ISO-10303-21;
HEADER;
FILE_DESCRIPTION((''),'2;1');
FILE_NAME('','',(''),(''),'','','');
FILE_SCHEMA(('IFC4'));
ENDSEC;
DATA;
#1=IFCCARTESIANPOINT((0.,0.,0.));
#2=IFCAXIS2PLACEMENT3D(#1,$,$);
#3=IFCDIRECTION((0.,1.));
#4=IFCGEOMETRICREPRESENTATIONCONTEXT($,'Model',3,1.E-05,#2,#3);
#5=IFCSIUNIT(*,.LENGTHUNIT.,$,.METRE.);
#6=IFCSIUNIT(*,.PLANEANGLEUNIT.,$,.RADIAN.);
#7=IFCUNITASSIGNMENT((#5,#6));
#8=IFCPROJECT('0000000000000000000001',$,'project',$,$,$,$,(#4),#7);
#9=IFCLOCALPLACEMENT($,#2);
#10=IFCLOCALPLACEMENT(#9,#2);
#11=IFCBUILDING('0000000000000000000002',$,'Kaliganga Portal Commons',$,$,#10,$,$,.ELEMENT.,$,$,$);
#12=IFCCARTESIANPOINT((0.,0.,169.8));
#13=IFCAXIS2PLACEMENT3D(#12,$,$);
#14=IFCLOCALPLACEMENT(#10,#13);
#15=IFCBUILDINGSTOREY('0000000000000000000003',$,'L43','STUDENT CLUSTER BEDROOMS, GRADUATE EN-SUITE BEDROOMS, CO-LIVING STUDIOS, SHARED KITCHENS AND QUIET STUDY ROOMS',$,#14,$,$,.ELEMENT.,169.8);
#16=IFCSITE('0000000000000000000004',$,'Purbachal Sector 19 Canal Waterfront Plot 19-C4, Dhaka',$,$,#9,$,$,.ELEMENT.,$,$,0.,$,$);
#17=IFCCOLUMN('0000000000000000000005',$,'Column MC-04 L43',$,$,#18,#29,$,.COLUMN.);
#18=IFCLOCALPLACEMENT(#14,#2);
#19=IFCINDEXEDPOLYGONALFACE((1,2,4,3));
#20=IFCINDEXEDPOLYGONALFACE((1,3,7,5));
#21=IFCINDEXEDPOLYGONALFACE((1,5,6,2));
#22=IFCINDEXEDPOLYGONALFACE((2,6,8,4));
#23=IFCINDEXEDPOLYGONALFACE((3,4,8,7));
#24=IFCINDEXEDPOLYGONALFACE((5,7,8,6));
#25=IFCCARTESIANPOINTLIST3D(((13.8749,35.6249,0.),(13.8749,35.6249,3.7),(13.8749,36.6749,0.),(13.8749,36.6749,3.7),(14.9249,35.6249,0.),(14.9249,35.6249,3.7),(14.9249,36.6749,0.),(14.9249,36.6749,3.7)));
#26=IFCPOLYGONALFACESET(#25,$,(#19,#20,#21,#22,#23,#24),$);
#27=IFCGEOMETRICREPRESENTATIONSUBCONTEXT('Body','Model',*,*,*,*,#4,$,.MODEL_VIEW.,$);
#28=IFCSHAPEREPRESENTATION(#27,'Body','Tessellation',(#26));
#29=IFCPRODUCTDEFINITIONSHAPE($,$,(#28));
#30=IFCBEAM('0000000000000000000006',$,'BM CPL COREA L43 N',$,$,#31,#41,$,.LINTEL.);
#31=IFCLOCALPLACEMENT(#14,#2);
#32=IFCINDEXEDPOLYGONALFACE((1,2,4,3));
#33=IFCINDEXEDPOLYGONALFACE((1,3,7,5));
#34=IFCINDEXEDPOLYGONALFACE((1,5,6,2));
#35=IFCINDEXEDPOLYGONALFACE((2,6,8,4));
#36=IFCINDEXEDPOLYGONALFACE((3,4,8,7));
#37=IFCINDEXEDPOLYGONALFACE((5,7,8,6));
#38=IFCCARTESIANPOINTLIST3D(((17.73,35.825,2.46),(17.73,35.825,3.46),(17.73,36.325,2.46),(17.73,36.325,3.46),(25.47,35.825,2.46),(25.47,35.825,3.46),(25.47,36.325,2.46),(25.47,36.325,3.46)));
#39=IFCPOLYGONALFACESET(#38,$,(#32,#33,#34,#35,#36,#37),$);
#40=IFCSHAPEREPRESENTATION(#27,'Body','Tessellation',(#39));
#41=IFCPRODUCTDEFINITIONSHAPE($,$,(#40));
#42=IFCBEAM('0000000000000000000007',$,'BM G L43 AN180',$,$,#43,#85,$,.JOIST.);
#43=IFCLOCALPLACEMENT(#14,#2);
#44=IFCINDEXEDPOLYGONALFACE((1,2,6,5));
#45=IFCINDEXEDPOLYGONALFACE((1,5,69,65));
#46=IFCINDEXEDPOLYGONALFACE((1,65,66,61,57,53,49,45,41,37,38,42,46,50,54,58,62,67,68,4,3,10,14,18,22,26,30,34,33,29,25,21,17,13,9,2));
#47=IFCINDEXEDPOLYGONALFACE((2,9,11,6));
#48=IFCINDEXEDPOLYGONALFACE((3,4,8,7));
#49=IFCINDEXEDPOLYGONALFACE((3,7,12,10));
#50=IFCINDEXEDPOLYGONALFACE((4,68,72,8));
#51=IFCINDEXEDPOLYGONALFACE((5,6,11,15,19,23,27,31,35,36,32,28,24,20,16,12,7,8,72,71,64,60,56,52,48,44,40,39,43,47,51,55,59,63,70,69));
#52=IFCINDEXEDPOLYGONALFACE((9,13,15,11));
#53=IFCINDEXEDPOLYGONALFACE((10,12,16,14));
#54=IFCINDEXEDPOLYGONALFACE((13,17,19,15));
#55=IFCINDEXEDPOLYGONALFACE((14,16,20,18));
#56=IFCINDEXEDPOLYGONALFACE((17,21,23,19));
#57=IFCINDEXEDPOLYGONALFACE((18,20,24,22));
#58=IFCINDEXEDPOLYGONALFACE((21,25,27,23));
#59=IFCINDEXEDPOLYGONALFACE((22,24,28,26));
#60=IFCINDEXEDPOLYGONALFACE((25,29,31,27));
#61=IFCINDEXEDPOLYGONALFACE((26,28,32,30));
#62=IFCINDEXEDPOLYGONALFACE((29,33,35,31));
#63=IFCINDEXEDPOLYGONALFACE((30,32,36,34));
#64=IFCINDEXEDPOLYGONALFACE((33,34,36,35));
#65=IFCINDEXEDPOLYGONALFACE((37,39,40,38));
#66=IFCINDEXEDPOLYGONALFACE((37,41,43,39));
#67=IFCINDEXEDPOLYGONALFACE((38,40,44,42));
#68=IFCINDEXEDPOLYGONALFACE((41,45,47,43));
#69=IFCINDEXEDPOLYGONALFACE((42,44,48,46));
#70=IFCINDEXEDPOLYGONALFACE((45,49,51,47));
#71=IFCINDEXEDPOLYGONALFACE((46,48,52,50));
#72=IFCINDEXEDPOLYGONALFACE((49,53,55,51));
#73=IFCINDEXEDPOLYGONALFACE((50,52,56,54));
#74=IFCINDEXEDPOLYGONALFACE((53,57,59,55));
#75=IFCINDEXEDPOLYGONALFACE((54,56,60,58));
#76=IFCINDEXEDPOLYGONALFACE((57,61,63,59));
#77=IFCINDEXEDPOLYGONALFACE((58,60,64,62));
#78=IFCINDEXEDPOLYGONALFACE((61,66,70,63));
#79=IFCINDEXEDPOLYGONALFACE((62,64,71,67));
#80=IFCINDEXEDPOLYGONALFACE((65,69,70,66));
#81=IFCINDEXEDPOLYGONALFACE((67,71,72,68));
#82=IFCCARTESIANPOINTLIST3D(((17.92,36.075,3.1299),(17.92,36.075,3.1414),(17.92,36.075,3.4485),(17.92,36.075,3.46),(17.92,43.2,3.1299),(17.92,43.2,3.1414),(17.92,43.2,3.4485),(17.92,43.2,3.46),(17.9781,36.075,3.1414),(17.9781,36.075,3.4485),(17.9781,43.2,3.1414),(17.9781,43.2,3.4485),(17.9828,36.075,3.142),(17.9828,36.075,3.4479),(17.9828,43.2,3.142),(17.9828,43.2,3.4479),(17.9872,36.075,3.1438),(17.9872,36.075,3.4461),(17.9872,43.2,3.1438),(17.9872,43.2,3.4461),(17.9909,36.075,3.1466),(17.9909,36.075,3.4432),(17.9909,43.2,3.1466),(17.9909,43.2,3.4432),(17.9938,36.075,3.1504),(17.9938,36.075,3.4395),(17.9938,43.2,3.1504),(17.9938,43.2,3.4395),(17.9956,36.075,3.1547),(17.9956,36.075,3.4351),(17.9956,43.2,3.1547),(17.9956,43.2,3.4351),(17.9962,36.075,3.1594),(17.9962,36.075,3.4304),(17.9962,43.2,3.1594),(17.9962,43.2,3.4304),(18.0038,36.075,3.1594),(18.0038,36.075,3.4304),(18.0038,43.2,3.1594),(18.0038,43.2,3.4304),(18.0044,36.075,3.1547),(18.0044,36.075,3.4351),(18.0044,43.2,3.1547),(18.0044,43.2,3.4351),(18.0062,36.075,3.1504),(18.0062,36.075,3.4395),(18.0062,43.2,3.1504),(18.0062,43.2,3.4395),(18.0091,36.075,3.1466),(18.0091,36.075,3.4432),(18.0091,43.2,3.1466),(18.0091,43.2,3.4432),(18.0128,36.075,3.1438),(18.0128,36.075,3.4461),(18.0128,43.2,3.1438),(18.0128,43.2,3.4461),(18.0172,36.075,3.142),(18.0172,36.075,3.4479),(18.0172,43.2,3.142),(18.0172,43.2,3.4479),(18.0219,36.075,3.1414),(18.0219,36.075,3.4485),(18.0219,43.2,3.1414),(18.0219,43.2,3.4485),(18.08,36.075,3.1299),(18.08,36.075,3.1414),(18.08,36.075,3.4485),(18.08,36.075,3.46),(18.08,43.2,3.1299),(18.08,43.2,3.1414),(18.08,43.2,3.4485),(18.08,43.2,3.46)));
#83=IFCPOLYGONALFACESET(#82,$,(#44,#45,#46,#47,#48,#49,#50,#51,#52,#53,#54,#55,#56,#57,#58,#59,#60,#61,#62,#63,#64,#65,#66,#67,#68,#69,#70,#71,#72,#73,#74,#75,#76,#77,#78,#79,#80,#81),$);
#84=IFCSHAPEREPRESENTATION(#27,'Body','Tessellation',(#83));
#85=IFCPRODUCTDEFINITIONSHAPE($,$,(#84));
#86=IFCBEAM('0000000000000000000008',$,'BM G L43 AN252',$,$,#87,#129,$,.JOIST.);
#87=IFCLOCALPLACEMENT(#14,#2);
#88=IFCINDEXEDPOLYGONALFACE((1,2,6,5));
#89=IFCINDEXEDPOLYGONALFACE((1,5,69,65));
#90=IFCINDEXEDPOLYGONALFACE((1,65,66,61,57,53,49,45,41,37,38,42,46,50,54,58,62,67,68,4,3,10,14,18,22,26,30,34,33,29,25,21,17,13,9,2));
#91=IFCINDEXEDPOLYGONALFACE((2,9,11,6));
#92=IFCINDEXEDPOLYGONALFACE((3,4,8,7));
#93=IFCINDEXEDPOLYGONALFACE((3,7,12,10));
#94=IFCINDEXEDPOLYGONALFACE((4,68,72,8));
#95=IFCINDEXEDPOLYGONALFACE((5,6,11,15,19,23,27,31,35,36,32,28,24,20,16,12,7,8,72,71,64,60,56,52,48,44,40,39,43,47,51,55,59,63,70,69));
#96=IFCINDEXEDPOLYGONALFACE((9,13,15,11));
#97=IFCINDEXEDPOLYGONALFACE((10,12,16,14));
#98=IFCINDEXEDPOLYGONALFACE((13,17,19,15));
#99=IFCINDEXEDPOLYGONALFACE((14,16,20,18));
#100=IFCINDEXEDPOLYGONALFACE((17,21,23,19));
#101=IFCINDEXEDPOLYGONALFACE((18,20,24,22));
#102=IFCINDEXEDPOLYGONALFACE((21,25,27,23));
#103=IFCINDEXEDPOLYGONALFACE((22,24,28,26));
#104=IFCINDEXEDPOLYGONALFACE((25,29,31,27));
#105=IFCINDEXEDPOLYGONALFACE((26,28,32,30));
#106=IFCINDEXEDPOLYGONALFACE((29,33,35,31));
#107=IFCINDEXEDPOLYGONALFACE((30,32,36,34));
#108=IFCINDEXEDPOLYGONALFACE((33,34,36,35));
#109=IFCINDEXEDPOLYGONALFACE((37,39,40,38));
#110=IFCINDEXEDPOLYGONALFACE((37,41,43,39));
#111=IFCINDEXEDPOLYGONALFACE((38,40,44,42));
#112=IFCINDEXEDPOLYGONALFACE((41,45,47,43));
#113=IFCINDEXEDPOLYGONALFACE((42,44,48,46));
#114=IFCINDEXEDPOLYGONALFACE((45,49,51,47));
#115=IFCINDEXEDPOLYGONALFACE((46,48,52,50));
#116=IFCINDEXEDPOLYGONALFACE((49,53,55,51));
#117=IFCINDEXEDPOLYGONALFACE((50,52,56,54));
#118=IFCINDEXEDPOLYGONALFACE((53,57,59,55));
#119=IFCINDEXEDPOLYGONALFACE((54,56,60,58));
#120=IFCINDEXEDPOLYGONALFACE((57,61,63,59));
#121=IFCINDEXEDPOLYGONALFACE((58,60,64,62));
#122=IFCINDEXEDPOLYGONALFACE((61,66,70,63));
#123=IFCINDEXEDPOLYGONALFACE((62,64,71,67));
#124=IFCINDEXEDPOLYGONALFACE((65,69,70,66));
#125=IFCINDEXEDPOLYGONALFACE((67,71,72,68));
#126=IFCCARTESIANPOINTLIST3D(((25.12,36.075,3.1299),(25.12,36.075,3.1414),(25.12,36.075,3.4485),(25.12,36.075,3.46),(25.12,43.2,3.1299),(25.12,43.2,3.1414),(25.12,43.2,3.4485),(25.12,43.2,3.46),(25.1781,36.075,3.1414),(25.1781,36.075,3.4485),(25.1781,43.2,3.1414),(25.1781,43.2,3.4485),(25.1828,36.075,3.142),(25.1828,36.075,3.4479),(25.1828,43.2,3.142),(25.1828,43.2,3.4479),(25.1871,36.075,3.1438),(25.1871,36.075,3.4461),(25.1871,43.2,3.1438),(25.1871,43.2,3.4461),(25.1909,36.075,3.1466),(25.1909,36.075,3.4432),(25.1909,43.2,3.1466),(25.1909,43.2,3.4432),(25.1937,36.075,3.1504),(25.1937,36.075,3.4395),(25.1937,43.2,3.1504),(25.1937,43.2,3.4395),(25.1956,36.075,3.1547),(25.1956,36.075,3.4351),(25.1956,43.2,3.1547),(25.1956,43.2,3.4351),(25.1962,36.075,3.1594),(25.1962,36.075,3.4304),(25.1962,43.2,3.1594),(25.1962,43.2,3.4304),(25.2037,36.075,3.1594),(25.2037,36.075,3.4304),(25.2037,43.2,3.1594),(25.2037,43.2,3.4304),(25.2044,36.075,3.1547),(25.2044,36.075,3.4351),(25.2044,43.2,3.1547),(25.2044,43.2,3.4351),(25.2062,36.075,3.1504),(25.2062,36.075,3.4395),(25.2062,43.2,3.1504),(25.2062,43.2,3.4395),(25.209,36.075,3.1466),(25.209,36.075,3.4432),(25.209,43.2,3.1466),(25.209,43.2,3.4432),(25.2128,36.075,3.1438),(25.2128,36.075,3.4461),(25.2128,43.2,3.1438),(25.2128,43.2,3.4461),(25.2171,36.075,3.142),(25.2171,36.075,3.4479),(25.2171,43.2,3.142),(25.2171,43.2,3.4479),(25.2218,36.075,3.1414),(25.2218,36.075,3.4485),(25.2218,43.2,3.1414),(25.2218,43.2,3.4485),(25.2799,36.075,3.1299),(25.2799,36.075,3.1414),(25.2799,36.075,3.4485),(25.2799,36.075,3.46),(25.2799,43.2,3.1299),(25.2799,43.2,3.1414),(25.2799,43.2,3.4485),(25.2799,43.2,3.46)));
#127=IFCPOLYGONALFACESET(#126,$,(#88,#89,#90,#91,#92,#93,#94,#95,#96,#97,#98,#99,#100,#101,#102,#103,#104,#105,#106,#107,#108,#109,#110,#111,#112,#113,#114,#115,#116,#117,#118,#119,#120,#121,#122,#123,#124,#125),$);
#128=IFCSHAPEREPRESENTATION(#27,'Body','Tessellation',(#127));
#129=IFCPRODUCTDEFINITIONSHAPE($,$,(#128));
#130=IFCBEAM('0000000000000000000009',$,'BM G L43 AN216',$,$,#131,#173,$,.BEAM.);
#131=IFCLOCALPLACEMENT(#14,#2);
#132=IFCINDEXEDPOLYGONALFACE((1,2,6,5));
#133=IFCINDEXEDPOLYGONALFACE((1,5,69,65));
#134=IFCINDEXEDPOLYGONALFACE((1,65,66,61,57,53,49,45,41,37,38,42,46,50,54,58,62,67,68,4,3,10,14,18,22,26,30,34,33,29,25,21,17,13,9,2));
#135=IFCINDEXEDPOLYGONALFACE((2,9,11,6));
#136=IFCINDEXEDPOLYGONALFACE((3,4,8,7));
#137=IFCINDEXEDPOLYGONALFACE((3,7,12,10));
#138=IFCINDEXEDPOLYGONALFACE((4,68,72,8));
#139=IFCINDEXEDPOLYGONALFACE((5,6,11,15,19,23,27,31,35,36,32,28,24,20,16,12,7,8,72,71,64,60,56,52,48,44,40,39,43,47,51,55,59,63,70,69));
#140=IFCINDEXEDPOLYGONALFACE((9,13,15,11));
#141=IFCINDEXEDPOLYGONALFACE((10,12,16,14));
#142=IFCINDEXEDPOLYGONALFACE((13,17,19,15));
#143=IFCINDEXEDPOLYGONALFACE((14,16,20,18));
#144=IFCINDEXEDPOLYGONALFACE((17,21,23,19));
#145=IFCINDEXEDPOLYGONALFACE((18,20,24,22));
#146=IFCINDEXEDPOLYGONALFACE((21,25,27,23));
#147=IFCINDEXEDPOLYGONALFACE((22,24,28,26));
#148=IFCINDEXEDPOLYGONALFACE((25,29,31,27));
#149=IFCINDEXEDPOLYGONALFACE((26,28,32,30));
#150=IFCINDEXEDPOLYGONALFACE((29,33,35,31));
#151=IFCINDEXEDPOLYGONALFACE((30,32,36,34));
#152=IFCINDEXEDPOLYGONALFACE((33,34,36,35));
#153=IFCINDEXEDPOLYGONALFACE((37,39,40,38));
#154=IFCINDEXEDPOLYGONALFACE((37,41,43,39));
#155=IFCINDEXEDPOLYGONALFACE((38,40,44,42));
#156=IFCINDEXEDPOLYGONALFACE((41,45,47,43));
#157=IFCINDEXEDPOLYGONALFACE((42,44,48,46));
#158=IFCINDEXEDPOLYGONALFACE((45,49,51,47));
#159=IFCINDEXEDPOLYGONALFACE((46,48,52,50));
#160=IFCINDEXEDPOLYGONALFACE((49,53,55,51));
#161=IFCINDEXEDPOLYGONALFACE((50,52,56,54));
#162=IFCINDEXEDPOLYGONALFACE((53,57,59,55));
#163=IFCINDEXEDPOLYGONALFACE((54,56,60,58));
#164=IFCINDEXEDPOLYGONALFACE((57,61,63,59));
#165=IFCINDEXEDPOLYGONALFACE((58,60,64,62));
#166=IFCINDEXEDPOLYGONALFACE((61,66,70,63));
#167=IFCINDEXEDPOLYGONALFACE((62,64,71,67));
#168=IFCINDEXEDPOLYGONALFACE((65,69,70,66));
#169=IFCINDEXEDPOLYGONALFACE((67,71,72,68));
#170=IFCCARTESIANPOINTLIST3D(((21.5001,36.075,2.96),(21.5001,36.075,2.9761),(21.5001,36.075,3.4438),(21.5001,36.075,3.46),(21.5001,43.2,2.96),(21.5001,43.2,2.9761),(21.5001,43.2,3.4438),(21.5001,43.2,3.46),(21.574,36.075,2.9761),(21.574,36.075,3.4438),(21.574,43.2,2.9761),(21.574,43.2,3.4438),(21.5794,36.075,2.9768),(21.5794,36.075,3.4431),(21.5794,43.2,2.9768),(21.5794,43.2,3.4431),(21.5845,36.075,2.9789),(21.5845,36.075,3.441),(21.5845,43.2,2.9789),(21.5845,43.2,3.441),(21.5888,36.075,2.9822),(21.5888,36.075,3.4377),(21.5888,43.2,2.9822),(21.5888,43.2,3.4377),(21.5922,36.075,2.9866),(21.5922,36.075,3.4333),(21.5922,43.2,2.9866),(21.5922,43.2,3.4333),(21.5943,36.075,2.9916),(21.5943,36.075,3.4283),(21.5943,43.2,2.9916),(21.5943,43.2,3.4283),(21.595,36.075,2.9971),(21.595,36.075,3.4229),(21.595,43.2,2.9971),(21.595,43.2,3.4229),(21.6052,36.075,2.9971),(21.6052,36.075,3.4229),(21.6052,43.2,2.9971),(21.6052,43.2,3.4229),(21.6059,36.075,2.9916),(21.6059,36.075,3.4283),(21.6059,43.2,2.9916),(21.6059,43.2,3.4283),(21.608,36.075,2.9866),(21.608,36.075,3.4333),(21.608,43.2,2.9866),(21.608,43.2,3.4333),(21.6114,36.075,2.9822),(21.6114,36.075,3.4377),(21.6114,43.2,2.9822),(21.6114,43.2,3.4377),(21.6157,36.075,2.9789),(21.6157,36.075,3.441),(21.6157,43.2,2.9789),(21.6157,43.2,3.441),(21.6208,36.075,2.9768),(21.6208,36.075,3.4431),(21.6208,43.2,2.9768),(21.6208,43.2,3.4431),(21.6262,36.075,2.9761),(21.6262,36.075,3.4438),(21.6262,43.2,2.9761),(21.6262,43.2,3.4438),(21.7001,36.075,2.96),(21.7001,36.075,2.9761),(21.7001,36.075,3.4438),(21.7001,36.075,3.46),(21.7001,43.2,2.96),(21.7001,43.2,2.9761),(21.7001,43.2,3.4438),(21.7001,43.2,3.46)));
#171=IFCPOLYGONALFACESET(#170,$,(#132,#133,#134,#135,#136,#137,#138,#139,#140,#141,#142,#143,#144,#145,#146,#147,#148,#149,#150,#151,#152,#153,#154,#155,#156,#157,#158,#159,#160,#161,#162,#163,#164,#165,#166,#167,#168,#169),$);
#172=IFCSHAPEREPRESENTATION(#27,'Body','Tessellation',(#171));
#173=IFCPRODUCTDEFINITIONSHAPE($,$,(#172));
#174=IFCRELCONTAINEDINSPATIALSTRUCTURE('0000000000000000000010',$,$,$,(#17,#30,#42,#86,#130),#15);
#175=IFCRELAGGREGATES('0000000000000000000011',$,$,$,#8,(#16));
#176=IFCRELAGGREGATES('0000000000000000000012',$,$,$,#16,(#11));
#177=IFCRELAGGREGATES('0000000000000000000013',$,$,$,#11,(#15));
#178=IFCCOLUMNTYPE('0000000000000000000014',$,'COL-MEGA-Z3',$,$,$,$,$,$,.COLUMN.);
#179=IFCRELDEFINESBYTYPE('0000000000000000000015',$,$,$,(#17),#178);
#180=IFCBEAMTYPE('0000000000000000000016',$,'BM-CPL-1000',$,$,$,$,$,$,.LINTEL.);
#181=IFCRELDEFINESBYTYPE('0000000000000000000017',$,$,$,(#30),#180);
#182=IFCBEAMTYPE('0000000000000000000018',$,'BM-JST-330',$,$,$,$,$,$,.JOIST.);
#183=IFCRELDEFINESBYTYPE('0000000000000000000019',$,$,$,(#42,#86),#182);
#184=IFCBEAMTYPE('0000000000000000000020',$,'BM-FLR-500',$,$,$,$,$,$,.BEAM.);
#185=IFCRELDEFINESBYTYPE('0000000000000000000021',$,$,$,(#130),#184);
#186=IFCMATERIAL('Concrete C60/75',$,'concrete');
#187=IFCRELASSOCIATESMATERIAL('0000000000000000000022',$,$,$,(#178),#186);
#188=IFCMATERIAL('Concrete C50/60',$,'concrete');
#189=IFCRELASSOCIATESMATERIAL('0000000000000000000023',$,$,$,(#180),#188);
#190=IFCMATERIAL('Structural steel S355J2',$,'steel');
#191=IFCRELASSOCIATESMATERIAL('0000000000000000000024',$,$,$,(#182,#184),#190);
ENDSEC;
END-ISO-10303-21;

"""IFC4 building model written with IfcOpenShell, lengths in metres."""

from ifc_helpers import new_model, si_unit, direction, frame, origin, origin_2d, place, context, subcontext, project, spatial, rectangle, i_section, extrude, source, transform, mapped, material, material_profile, profile_set, type_object, element, save


model = new_model("IFC4")

# Units and contexts
model_context = context("Model", 3, precision=1e-05, world=origin(), true_north=direction((0.0, 1.0)))
body_context = subcontext(model_context, "Body", "Model", "MODEL_VIEW")
ifc_project = project(units=[si_unit("LENGTHUNIT", "METRE"), si_unit("PLANEANGLEUNIT", "RADIAN")], contexts=[model_context])

# Site, building, storey
site_placement = place(None, origin())
site = spatial("IfcSite", under=ifc_project, at=site_placement, Name="Purbachal Sector 19 Canal Waterfront Plot 19-C4, Dhaka", CompositionType="ELEMENT", RefElevation=0.0)
building_placement = place(site_placement, origin())
building = spatial("IfcBuilding", under=site, at=building_placement, Name="Kaliganga Portal Commons", CompositionType="ELEMENT")
storey_placement = place(building_placement, frame((0.0, 0.0, 169.8)))
storey = spatial("IfcBuildingStorey", under=building, at=storey_placement, Name="L43", Description="STUDENT CLUSTER BEDROOMS, GRADUATE EN-SUITE BEDROOMS, CO-LIVING STUDIOS, SHARED KITCHENS AND QUIET STUDY ROOMS", CompositionType="ELEMENT", Elevation=169.8)

# Column
ifc_material_1 = material(Name="Concrete C60/75", Category="concrete")
ifc_material_profile_1 = material_profile(ifc_material_1, rectangle(XDim=1.05, YDim=1.05, at=origin_2d()), Name="RC 1050x1050")
ifc_profile_set_1 = profile_set([ifc_material_profile_1], Name="Concrete C60/75")
column_type = type_object("IfcColumnType", Name="COL-MEGA-Z3", PredefinedType="COLUMN", material=ifc_profile_set_1)
shared_shape_1 = source(origin(), body_context, "Body", "SweptSolid", [
    extrude(rectangle(XDim=1.05, YDim=1.05, at=origin_2d()), origin(), (0.0, 0.0, 1.0), 3.7),
])
column_placement = place(storey_placement, frame((14.3999, 36.1499, 0.0), z_axis=(0.0, 0.0, 1.0), x_axis=(1.0, 0.0, 0.0)))
element("IfcColumn", 1, at=column_placement, inside=storey, type_object=column_type, Name="Column MC-04 L43", PredefinedType="COLUMN", context=body_context, shape_type="MappedRepresentation", body=[
    mapped(shared_shape_1, transform((0.0, 0.0, 0.0), x_axis=(1.0, 0.0, 0.0), y_axis=(0.0, 1.0, 0.0), z_axis=(0.0, 0.0, 1.0), scale=1.0)),
])

# Beams
ifc_material_2 = material(Name="Concrete C50/60", Category="concrete")
ifc_material_profile_2 = material_profile(ifc_material_2, rectangle(XDim=0.5, YDim=1.0, at=origin_2d()), Name="RC 500x1000")
ifc_profile_set_2 = profile_set([ifc_material_profile_2], Name="Concrete C50/60")
beam_type_1 = type_object("IfcBeamType", Name="BM-CPL-1000", PredefinedType="LINTEL", material=ifc_profile_set_2)
shared_shape_2 = source(origin(), body_context, "Body", "SweptSolid", [
    extrude(rectangle(XDim=0.5, YDim=1.0, at=origin_2d()), origin(), (0.0, 0.0, 1.0), 7.74),
])
beam_1_placement = place(storey_placement, frame((17.73, 36.075, 2.96), z_axis=(1.0, 0.0, 0.0), x_axis=(0.0, 1.0, 0.0)))
element("IfcBeam", 2, at=beam_1_placement, inside=storey, type_object=beam_type_1, Name="BM CPL COREA L43 N", PredefinedType="LINTEL", context=body_context, shape_type="MappedRepresentation", body=[
    mapped(shared_shape_2, transform((0.0, 0.0, 0.0), x_axis=(1.0, 0.0, 0.0), y_axis=(0.0, 1.0, 0.0), z_axis=(0.0, 0.0, 1.0), scale=1.0)),
])
ifc_material_3 = material(Name="Structural steel S355J2", Category="steel")
ifc_material_profile_3 = material_profile(ifc_material_3, i_section(OverallWidth=0.1599, OverallDepth=0.3301, WebThickness=0.0076, FlangeThickness=0.0115, FilletRadius=0.0181, at=origin_2d()), Name="IPE 330")
ifc_profile_set_3 = profile_set([ifc_material_profile_3], Name="Structural steel S355J2 wide-flange")
beam_type_2 = type_object("IfcBeamType", Name="BM-JST-330", PredefinedType="JOIST", material=ifc_profile_set_3)
shared_shape_3 = source(origin(), body_context, "Body", "SweptSolid", [
    extrude(i_section(OverallWidth=0.1599, OverallDepth=0.3301, WebThickness=0.0076, FlangeThickness=0.0115, FilletRadius=0.0181, at=origin_2d()), origin(), (0.0, 0.0, 1.0), 7.125),
])
for number, where, z_axis, x_axis, name in (
    (3, (18.0, 36.075, 3.2949), (0.0, 1.0, 0.0), (-1.0, 0.0, 0.0), "BM G L43 AN180"),
    (4, (25.2, 36.075, 3.2949), (0.0, 1.0, 0.0), (-1.0, 0.0, 0.0), "BM G L43 AN252"),
):
    element("IfcBeam", number, at=place(storey_placement, frame(where, z_axis=z_axis, x_axis=x_axis)), inside=storey, type_object=beam_type_2, Name=name, PredefinedType="JOIST", context=body_context, shape_type="MappedRepresentation", body=[
        mapped(shared_shape_3, transform((0.0, 0.0, 0.0), x_axis=(1.0, 0.0, 0.0), y_axis=(0.0, 1.0, 0.0), z_axis=(0.0, 0.0, 1.0), scale=1.0)),
    ])
ifc_material_profile_4 = material_profile(ifc_material_3, i_section(OverallWidth=0.2, OverallDepth=0.5, WebThickness=0.0103, FlangeThickness=0.0161, FilletRadius=0.021, at=origin_2d()), Name="IPE 500")
ifc_profile_set_4 = profile_set([ifc_material_profile_4], Name="Structural steel S355J2 wide-flange")
beam_type_3 = type_object("IfcBeamType", Name="BM-FLR-500", PredefinedType="BEAM", material=ifc_profile_set_4)
shared_shape_4 = source(origin(), body_context, "Body", "SweptSolid", [
    extrude(i_section(OverallWidth=0.2, OverallDepth=0.5, WebThickness=0.0103, FlangeThickness=0.0161, FilletRadius=0.021, at=origin_2d()), origin(), (0.0, 0.0, 1.0), 7.125),
])
beam_2_placement = place(storey_placement, frame((21.6001, 36.075, 3.21), z_axis=(0.0, 1.0, 0.0), x_axis=(-1.0, 0.0, 0.0)))
element("IfcBeam", 5, at=beam_2_placement, inside=storey, type_object=beam_type_3, Name="BM G L43 AN216", PredefinedType="BEAM", context=body_context, shape_type="MappedRepresentation", body=[
    mapped(shared_shape_4, transform((0.0, 0.0, 0.0), x_axis=(1.0, 0.0, 0.0), y_axis=(0.0, 1.0, 0.0), z_axis=(0.0, 0.0, 1.0), scale=1.0)),
])

save(model, "model.ifc")
